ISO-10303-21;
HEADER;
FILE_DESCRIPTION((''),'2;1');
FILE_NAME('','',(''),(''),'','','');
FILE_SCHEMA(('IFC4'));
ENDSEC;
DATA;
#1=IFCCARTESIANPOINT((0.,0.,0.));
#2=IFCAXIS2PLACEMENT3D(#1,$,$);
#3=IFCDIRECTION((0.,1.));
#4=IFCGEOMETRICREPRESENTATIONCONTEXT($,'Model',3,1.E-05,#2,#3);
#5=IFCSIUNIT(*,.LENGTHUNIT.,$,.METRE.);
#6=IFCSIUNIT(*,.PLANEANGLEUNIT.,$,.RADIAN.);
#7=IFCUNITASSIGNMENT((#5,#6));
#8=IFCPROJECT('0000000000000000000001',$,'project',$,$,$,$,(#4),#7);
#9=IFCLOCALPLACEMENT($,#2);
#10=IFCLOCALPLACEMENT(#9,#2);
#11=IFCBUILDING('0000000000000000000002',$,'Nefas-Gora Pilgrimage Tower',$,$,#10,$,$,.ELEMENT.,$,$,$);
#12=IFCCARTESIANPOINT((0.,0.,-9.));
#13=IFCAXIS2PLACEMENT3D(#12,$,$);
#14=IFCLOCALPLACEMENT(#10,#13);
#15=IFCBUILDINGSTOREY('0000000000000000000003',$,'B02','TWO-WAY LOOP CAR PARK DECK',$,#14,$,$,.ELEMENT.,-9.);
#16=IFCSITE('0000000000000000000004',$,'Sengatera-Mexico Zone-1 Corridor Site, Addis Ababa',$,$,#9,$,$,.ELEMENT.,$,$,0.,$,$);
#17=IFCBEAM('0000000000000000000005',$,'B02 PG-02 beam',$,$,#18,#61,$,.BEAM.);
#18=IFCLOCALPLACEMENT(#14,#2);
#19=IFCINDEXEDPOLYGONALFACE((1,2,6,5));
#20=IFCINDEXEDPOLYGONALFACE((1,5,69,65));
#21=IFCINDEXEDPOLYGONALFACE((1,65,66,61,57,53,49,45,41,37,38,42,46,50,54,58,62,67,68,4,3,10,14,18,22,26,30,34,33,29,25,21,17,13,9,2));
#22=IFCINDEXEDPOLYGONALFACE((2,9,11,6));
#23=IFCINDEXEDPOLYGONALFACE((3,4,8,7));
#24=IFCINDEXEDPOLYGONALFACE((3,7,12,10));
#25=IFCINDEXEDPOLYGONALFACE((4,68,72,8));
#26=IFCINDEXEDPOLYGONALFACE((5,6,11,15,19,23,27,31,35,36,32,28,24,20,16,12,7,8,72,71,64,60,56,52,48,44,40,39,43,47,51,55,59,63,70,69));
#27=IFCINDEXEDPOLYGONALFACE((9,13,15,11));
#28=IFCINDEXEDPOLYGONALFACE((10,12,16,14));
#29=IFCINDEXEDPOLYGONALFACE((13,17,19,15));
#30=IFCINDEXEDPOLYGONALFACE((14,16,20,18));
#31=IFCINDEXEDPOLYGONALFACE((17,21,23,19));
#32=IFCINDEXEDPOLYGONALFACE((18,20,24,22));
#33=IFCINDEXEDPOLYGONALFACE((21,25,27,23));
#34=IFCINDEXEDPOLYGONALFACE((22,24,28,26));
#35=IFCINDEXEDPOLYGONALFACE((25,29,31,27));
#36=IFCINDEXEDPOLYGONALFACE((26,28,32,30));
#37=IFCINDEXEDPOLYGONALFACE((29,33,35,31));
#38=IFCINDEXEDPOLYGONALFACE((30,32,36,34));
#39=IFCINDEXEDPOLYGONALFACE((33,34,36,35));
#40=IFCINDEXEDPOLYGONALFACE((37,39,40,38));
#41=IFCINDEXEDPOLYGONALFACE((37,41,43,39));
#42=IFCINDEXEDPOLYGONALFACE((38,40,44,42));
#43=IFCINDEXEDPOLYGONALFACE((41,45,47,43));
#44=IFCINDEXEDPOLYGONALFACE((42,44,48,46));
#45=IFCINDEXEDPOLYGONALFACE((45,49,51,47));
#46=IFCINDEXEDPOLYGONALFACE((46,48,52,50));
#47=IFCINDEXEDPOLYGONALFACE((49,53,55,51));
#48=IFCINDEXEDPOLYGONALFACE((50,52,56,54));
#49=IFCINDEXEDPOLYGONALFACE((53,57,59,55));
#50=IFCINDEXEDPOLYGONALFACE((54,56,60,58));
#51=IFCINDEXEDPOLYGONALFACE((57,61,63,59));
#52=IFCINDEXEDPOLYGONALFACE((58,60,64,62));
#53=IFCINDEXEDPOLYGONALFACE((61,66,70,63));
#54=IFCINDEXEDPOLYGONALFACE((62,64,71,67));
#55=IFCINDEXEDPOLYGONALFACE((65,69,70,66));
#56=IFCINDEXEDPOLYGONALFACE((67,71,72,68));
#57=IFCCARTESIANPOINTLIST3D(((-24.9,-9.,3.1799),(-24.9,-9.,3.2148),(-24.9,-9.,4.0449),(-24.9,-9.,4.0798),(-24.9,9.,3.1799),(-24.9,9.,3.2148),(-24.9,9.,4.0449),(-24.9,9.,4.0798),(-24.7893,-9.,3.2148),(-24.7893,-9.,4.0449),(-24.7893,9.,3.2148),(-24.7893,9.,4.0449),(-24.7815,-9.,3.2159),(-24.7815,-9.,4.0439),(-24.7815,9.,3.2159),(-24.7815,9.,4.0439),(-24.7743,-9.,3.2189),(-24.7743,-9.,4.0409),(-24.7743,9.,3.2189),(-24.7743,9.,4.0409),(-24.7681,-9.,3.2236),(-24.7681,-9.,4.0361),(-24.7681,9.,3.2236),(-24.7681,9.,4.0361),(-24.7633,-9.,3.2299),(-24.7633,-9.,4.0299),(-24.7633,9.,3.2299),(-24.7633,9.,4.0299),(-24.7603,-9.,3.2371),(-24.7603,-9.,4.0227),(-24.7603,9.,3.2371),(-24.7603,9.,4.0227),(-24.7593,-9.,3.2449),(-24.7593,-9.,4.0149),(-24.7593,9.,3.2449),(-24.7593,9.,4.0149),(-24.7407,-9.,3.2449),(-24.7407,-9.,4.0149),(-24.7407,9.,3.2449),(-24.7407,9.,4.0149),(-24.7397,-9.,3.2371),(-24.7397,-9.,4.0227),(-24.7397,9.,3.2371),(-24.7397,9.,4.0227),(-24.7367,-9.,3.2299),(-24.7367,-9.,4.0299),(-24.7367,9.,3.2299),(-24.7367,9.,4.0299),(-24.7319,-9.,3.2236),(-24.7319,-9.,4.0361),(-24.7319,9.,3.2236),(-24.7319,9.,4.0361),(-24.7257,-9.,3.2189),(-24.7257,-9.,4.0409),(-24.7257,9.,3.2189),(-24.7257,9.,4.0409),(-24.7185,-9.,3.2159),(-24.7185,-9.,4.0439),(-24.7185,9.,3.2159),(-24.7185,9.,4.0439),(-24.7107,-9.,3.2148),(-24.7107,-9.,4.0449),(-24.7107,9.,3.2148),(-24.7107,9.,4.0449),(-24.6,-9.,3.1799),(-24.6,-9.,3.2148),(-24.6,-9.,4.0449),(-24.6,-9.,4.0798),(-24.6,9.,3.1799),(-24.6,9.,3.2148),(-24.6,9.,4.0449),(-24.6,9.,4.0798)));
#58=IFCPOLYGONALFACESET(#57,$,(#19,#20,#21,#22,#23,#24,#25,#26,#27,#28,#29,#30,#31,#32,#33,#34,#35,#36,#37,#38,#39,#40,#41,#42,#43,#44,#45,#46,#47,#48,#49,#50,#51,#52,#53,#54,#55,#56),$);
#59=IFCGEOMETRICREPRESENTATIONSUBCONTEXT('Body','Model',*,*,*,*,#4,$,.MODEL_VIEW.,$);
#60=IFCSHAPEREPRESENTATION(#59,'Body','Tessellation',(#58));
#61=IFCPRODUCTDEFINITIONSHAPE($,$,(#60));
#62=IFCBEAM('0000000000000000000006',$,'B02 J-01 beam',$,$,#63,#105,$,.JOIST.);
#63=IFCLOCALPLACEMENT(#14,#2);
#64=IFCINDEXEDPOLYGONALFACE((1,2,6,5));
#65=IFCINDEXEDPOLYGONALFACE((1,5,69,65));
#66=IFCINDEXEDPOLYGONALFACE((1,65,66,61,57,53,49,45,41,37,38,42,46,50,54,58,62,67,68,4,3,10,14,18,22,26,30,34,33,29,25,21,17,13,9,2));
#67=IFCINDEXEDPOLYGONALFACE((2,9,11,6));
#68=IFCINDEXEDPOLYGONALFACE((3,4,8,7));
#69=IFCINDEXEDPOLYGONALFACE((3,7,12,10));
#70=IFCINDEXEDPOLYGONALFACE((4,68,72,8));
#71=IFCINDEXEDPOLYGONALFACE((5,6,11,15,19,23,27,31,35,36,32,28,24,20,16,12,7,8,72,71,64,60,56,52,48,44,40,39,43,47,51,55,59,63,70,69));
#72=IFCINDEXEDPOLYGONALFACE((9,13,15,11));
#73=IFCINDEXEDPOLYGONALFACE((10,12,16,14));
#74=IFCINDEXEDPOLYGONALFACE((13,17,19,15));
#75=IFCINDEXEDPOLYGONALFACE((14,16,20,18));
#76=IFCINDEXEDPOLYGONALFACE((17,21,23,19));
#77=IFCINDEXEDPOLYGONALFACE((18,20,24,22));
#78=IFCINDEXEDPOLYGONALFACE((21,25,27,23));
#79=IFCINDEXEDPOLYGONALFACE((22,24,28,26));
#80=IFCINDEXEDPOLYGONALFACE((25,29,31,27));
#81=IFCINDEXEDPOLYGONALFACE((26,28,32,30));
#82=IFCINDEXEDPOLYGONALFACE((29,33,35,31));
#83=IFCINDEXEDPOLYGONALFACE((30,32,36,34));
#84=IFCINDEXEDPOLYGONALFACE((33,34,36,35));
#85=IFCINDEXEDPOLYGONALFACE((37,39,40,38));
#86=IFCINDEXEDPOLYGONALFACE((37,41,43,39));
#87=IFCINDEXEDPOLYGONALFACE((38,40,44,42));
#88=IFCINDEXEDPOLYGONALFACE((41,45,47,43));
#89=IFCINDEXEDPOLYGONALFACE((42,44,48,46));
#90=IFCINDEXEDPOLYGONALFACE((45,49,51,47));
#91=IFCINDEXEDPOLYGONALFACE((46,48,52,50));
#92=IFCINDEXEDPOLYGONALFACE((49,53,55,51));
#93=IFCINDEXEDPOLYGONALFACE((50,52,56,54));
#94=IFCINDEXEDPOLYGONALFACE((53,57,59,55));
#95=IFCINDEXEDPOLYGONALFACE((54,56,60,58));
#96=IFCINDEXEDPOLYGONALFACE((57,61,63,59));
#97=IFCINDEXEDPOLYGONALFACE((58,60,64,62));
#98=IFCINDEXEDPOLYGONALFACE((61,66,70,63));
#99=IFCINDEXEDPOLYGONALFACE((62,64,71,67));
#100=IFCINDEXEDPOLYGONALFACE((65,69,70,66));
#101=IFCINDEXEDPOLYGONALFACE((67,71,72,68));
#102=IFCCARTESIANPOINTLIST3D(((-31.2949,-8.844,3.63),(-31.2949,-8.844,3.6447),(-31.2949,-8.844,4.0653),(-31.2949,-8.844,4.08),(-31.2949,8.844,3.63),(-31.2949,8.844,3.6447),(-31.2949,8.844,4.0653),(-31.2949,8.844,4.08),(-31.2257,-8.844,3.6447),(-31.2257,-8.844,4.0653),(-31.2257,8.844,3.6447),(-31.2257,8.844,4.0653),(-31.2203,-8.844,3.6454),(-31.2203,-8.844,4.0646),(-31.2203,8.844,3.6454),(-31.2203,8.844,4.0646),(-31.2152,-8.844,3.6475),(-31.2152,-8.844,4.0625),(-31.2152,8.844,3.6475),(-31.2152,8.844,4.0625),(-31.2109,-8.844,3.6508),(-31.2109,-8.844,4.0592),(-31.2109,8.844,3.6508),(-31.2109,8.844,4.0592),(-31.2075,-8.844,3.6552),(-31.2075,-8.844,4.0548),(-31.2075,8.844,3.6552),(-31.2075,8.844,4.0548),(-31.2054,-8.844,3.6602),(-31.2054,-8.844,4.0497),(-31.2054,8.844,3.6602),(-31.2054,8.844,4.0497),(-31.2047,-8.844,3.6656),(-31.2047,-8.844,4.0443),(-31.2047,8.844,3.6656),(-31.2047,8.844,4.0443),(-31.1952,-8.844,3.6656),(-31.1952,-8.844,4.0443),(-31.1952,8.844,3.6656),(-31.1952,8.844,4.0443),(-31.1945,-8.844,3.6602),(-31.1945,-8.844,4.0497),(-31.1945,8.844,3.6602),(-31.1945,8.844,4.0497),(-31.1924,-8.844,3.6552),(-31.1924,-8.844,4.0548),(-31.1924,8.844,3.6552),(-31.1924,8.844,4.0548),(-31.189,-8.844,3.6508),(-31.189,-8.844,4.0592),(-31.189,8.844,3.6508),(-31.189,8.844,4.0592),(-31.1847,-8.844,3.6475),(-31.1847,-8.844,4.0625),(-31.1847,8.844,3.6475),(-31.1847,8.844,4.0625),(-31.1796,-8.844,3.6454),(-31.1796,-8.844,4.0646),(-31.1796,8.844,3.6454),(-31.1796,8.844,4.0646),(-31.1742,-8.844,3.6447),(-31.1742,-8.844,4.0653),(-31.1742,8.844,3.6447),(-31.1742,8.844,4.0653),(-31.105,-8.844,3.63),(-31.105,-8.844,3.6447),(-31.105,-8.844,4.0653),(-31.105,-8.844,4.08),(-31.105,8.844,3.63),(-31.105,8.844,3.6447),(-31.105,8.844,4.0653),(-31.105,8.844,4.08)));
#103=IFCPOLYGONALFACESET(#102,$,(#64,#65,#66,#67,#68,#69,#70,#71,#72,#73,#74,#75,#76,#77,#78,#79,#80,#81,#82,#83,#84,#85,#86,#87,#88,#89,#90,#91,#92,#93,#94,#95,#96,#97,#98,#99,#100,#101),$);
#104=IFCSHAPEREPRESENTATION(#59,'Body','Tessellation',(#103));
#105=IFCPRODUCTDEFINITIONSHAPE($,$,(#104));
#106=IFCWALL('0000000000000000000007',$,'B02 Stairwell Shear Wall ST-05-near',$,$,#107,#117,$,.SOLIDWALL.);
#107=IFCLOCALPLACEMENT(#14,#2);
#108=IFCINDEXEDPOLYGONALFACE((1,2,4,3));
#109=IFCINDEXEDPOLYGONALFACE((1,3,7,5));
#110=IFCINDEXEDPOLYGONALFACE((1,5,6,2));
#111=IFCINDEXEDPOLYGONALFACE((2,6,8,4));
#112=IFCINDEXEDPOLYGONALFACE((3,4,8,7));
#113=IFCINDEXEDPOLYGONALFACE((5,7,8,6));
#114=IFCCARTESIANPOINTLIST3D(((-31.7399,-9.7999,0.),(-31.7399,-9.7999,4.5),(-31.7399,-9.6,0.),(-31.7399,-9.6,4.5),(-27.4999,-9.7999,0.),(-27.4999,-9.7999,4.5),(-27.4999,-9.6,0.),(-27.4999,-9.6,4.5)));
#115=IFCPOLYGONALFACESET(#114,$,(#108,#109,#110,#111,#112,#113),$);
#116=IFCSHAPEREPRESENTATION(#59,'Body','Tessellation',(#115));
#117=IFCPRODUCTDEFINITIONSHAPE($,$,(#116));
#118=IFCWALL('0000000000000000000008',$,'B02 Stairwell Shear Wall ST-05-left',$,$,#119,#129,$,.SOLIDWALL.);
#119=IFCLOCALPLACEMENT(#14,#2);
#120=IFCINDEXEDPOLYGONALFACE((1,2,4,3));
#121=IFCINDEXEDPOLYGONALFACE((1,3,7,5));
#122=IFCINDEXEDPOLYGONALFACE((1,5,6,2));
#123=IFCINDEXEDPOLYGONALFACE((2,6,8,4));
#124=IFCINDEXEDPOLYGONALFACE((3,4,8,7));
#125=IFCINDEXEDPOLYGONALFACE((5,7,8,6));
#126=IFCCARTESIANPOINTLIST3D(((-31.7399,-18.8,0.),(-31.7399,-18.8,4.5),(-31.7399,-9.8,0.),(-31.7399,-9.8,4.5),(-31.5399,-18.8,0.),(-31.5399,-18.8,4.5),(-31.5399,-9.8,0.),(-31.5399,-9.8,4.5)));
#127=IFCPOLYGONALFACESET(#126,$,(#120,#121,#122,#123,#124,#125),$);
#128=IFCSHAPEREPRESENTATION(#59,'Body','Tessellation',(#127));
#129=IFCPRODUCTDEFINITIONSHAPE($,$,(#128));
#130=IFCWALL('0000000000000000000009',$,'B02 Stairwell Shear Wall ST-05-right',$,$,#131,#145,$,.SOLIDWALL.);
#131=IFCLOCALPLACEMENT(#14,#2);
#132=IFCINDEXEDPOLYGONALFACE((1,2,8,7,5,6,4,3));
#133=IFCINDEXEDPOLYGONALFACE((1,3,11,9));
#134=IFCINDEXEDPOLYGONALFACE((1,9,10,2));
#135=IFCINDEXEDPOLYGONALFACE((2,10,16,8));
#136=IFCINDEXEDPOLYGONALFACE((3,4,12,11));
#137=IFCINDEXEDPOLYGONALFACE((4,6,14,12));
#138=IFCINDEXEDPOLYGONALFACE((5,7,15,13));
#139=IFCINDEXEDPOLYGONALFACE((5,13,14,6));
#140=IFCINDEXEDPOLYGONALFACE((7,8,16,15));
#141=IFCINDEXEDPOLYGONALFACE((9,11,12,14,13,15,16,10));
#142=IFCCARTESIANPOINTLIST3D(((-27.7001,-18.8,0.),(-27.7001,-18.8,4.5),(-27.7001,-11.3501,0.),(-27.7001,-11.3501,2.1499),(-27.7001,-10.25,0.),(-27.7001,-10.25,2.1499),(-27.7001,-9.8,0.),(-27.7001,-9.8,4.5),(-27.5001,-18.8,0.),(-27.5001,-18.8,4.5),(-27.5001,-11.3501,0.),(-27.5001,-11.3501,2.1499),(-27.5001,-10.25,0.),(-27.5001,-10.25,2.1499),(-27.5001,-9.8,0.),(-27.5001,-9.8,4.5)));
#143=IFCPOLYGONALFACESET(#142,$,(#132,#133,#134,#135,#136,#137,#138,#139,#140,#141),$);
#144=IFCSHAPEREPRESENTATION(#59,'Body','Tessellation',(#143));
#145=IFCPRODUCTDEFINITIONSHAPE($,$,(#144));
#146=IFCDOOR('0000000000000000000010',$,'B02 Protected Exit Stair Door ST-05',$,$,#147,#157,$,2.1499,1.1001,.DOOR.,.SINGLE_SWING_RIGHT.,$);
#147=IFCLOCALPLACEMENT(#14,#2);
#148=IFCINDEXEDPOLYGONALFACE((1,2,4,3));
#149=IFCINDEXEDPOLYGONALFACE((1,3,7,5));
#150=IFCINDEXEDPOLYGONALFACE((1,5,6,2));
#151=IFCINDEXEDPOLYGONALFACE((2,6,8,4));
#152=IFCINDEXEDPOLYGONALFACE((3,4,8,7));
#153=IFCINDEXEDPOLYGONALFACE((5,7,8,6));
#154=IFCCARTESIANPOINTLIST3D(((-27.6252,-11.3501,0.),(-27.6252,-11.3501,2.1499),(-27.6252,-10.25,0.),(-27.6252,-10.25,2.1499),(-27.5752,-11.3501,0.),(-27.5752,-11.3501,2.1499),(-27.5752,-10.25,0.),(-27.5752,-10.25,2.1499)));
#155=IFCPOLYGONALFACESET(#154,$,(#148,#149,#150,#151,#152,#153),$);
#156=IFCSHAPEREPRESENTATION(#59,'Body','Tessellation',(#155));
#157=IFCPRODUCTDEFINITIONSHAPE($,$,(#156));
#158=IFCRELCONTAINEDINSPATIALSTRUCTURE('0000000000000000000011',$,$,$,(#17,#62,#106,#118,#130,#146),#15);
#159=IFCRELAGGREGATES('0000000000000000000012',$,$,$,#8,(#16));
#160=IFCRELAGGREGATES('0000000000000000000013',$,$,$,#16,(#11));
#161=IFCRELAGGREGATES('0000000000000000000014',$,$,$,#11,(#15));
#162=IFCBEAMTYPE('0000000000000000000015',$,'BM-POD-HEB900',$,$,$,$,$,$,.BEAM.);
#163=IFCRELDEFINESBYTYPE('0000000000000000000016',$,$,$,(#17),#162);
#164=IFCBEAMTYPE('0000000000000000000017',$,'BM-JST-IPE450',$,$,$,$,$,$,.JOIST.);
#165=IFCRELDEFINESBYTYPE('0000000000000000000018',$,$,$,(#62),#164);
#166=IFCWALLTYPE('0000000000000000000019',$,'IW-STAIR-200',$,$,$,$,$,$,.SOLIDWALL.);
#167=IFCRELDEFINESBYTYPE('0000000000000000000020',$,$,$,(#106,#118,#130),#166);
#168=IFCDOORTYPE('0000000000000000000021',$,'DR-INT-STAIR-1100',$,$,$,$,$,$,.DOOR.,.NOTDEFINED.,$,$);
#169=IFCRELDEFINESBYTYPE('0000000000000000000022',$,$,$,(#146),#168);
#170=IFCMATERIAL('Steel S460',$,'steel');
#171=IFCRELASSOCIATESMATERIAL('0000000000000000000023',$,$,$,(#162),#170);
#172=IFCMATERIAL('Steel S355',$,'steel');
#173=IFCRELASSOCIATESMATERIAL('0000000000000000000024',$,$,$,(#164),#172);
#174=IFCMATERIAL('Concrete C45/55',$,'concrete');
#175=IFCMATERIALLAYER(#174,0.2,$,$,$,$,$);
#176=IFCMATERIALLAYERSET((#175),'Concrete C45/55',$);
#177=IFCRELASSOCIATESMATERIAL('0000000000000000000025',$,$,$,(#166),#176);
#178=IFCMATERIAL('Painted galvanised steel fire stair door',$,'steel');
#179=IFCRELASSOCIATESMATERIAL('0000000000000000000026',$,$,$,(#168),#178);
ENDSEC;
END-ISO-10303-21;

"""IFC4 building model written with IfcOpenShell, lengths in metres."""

from ifc_helpers import new_model, si_unit, direction, frame, frame_2d, origin, origin_2d, place, context, subcontext, project, spatial, rectangle, i_section, extrude, source, transform, mapped, material, layer, layer_set, material_profile, profile_set, type_object, element, fill, save


model = new_model("IFC4")

# Units and contexts
model_context = context("Model", 3, precision=1e-05, world=origin(), true_north=direction((0.0, 1.0)))
body_context = subcontext(model_context, "Body", "Model", "MODEL_VIEW")
ifc_project = project(units=[si_unit("LENGTHUNIT", "METRE"), si_unit("PLANEANGLEUNIT", "RADIAN")], contexts=[model_context])

# Site, building, storey
site_placement = place(None, origin())
site = spatial("IfcSite", under=ifc_project, at=site_placement, Name="Sengatera-Mexico Zone-1 Corridor Site, Addis Ababa", CompositionType="ELEMENT", RefElevation=0.0)
building_placement = place(site_placement, origin())
building = spatial("IfcBuilding", under=site, at=building_placement, Name="Nefas-Gora Pilgrimage Tower", CompositionType="ELEMENT")
storey_placement = place(building_placement, frame((0.0, 0.0, -9.0)))
storey = spatial("IfcBuildingStorey", under=building, at=storey_placement, Name="B02", Description="TWO-WAY LOOP CAR PARK DECK", CompositionType="ELEMENT", Elevation=-9.0)

# Shared definitions
ifc_material_1 = material(Name="Concrete C45/55", Category="concrete")

# Shared definitions
ifc_material_2 = material(Name="Steel S460", Category="steel")

# Beams
ifc_material_profile_1 = material_profile(ifc_material_2, i_section(OverallWidth=0.3, OverallDepth=0.8999, WebThickness=0.0186, FlangeThickness=0.0349, FilletRadius=0.03, at=origin_2d()), Name="HEB 900")
ifc_profile_set_1 = profile_set([ifc_material_profile_1], Name="Steel S460")
beam_type_1 = type_object("IfcBeamType", Name="BM-POD-HEB900", PredefinedType="BEAM", material=ifc_profile_set_1)
shared_shape_1 = source(origin(), body_context, "Body", "SweptSolid", [
    extrude(i_section(OverallWidth=0.3, OverallDepth=0.8999, WebThickness=0.0186, FlangeThickness=0.0349, FilletRadius=0.03, at=origin_2d()), origin(), (0.0, 0.0, 1.0), 18.0),
])
beam_1_placement = place(storey_placement, frame((-24.75, -9.0, 3.6299), z_axis=(0.0, 1.0, 0.0), x_axis=(-1.0, 0.0, 0.0)))
element("IfcBeam", 1, at=beam_1_placement, inside=storey, type_object=beam_type_1, Name="B02 PG-02 beam", PredefinedType="BEAM", context=body_context, shape_type="MappedRepresentation", body=[
    mapped(shared_shape_1, transform((0.0, 0.0, 0.0), x_axis=(1.0, 0.0, 0.0), y_axis=(0.0, 1.0, 0.0), z_axis=(0.0, 0.0, 1.0), scale=1.0)),
])
ifc_material_3 = material(Name="Steel S355", Category="steel")
ifc_material_profile_2 = material_profile(ifc_material_3, i_section(OverallWidth=0.1899, OverallDepth=0.45, WebThickness=0.0095, FlangeThickness=0.0146, FilletRadius=0.021, at=origin_2d()), Name="IPE 450")
ifc_profile_set_2 = profile_set([ifc_material_profile_2], Name="Steel S355")
beam_type_2 = type_object("IfcBeamType", Name="BM-JST-IPE450", PredefinedType="JOIST", material=ifc_profile_set_2)
shared_shape_2 = source(origin(), body_context, "Body", "SweptSolid", [
    extrude(i_section(OverallWidth=0.1899, OverallDepth=0.45, WebThickness=0.0095, FlangeThickness=0.0146, FilletRadius=0.021, at=origin_2d()), origin(), (0.0, 0.0, 1.0), 17.688),
])
beam_2_placement = place(storey_placement, frame((-31.2, -8.844, 3.855), z_axis=(0.0, 1.0, 0.0), x_axis=(-1.0, 0.0, 0.0)))
element("IfcBeam", 2, at=beam_2_placement, inside=storey, type_object=beam_type_2, Name="B02 J-01 beam", PredefinedType="JOIST", context=body_context, shape_type="MappedRepresentation", body=[
    mapped(shared_shape_2, transform((0.0, 0.0, 0.0), x_axis=(1.0, 0.0, 0.0), y_axis=(0.0, 1.0, 0.0), z_axis=(0.0, 0.0, 1.0), scale=1.0)),
])

# Walls
ifc_layer_1 = layer(ifc_material_1, 0.2)
ifc_layer_set_1 = layer_set([ifc_layer_1], Name="Concrete C45/55")
wall_type_1 = type_object("IfcWallType", Name="IW-STAIR-200", PredefinedType="SOLIDWALL", material=ifc_layer_set_1)
shared_shape_3 = source(origin(), body_context, "Body", "SweptSolid", [
    extrude(rectangle(XDim=4.24, YDim=0.2, at=frame_2d((2.1201, 0.0))), origin(), (0.0, 0.0, 1.0), 4.5),
])
wall_1_placement = place(storey_placement, frame((-31.74, -9.7, 0.0), z_axis=(0.0, 0.0, 1.0), x_axis=(1.0, 0.0, 0.0)))
element("IfcWall", 3, at=wall_1_placement, inside=storey, type_object=wall_type_1, Name="B02 Stairwell Shear Wall ST-05-near", PredefinedType="SOLIDWALL", context=body_context, shape_type="MappedRepresentation", body=[
    mapped(shared_shape_3, transform((0.0, 0.0, 0.0), x_axis=(1.0, 0.0, 0.0), y_axis=(0.0, 1.0, 0.0), z_axis=(0.0, 0.0, 1.0), scale=1.0)),
])
shared_shape_4 = source(origin(), body_context, "Body", "SweptSolid", [
    extrude(rectangle(XDim=9.0, YDim=0.2, at=frame_2d((4.5, 0.0))), origin(), (0.0, 0.0, 1.0), 4.5),
])
wall_2_placement = place(storey_placement, frame((-31.6399, -9.8, 0.0), z_axis=(0.0, 0.0, 1.0), x_axis=(0.0, -1.0, 0.0)))
element("IfcWall", 4, at=wall_2_placement, inside=storey, type_object=wall_type_1, Name="B02 Stairwell Shear Wall ST-05-left", PredefinedType="SOLIDWALL", context=body_context, shape_type="MappedRepresentation", body=[
    mapped(shared_shape_4, transform((0.0, 0.0, 0.0), x_axis=(1.0, 0.0, 0.0), y_axis=(0.0, 1.0, 0.0), z_axis=(0.0, 0.0, 1.0), scale=1.0)),
])

# Wall, opening, door
wall_3_placement = place(storey_placement, frame((-27.6001, -9.8, 0.0), z_axis=(0.0, 0.0, 1.0), x_axis=(0.0, -1.0, 0.0)))
wall_3 = element("IfcWall", 5, at=wall_3_placement, inside=storey, type_object=wall_type_1, Name="B02 Stairwell Shear Wall ST-05-right", PredefinedType="SOLIDWALL", context=body_context, shape_type="MappedRepresentation", body=[
    mapped(shared_shape_4, transform((0.0, 0.0, 0.0), x_axis=(1.0, 0.0, 0.0), y_axis=(0.0, 1.0, 0.0), z_axis=(0.0, 0.0, 1.0), scale=1.0)),
])
opening_1_placement = place(wall_3_placement, frame((0.45, 0.0, 0.0)))
opening_1 = element("IfcOpeningElement", 6, at=opening_1_placement, cuts=wall_3, PredefinedType="OPENING", context=body_context, shape_type="SweptSolid", body=[
    extrude(rectangle(XDim=1.1001, YDim=2.1499, at=frame_2d((0.55, 1.075))), frame((0.0, 0.1099, 0.0), z_axis=(0.0, -1.0, 0.0), x_axis=(1.0, 0.0, 0.0)), (0.0, 0.0, 1.0), 0.22),
])
ifc_material_4 = material(Name="Painted galvanised steel fire stair door", Category="steel")
door_type_1 = type_object("IfcDoorType", Name="DR-INT-STAIR-1100", OperationType="NOTDEFINED", PredefinedType="DOOR", material=ifc_material_4)
shared_shape_5 = source(origin(), body_context, "Body", "SweptSolid", [
    extrude(rectangle(XDim=1.1001, YDim=2.1499, at=frame_2d((0.55, 1.075))), frame((0.0, 0.0249, 0.0), z_axis=(0.0, -1.0, 0.0), x_axis=(1.0, 0.0, 0.0)), (0.0, 0.0, 1.0), 0.05),
])
door_1_placement = place(opening_1_placement, origin())
door_1 = element("IfcDoor", 7, at=door_1_placement, inside=storey, type_object=door_type_1, Name="B02 Protected Exit Stair Door ST-05", OperationType="SINGLE_SWING_RIGHT", OverallHeight=2.1499, OverallWidth=1.1001, PredefinedType="DOOR", context=body_context, shape_type="MappedRepresentation", body=[
    mapped(shared_shape_5, transform((0.0, 0.0, 0.0), x_axis=(1.0, 0.0, 0.0), y_axis=(0.0, 1.0, 0.0), z_axis=(0.0, 0.0, 1.0), scale=1.0)),
])
fill(opening_1, door_1)

save(model, "model.ifc")
